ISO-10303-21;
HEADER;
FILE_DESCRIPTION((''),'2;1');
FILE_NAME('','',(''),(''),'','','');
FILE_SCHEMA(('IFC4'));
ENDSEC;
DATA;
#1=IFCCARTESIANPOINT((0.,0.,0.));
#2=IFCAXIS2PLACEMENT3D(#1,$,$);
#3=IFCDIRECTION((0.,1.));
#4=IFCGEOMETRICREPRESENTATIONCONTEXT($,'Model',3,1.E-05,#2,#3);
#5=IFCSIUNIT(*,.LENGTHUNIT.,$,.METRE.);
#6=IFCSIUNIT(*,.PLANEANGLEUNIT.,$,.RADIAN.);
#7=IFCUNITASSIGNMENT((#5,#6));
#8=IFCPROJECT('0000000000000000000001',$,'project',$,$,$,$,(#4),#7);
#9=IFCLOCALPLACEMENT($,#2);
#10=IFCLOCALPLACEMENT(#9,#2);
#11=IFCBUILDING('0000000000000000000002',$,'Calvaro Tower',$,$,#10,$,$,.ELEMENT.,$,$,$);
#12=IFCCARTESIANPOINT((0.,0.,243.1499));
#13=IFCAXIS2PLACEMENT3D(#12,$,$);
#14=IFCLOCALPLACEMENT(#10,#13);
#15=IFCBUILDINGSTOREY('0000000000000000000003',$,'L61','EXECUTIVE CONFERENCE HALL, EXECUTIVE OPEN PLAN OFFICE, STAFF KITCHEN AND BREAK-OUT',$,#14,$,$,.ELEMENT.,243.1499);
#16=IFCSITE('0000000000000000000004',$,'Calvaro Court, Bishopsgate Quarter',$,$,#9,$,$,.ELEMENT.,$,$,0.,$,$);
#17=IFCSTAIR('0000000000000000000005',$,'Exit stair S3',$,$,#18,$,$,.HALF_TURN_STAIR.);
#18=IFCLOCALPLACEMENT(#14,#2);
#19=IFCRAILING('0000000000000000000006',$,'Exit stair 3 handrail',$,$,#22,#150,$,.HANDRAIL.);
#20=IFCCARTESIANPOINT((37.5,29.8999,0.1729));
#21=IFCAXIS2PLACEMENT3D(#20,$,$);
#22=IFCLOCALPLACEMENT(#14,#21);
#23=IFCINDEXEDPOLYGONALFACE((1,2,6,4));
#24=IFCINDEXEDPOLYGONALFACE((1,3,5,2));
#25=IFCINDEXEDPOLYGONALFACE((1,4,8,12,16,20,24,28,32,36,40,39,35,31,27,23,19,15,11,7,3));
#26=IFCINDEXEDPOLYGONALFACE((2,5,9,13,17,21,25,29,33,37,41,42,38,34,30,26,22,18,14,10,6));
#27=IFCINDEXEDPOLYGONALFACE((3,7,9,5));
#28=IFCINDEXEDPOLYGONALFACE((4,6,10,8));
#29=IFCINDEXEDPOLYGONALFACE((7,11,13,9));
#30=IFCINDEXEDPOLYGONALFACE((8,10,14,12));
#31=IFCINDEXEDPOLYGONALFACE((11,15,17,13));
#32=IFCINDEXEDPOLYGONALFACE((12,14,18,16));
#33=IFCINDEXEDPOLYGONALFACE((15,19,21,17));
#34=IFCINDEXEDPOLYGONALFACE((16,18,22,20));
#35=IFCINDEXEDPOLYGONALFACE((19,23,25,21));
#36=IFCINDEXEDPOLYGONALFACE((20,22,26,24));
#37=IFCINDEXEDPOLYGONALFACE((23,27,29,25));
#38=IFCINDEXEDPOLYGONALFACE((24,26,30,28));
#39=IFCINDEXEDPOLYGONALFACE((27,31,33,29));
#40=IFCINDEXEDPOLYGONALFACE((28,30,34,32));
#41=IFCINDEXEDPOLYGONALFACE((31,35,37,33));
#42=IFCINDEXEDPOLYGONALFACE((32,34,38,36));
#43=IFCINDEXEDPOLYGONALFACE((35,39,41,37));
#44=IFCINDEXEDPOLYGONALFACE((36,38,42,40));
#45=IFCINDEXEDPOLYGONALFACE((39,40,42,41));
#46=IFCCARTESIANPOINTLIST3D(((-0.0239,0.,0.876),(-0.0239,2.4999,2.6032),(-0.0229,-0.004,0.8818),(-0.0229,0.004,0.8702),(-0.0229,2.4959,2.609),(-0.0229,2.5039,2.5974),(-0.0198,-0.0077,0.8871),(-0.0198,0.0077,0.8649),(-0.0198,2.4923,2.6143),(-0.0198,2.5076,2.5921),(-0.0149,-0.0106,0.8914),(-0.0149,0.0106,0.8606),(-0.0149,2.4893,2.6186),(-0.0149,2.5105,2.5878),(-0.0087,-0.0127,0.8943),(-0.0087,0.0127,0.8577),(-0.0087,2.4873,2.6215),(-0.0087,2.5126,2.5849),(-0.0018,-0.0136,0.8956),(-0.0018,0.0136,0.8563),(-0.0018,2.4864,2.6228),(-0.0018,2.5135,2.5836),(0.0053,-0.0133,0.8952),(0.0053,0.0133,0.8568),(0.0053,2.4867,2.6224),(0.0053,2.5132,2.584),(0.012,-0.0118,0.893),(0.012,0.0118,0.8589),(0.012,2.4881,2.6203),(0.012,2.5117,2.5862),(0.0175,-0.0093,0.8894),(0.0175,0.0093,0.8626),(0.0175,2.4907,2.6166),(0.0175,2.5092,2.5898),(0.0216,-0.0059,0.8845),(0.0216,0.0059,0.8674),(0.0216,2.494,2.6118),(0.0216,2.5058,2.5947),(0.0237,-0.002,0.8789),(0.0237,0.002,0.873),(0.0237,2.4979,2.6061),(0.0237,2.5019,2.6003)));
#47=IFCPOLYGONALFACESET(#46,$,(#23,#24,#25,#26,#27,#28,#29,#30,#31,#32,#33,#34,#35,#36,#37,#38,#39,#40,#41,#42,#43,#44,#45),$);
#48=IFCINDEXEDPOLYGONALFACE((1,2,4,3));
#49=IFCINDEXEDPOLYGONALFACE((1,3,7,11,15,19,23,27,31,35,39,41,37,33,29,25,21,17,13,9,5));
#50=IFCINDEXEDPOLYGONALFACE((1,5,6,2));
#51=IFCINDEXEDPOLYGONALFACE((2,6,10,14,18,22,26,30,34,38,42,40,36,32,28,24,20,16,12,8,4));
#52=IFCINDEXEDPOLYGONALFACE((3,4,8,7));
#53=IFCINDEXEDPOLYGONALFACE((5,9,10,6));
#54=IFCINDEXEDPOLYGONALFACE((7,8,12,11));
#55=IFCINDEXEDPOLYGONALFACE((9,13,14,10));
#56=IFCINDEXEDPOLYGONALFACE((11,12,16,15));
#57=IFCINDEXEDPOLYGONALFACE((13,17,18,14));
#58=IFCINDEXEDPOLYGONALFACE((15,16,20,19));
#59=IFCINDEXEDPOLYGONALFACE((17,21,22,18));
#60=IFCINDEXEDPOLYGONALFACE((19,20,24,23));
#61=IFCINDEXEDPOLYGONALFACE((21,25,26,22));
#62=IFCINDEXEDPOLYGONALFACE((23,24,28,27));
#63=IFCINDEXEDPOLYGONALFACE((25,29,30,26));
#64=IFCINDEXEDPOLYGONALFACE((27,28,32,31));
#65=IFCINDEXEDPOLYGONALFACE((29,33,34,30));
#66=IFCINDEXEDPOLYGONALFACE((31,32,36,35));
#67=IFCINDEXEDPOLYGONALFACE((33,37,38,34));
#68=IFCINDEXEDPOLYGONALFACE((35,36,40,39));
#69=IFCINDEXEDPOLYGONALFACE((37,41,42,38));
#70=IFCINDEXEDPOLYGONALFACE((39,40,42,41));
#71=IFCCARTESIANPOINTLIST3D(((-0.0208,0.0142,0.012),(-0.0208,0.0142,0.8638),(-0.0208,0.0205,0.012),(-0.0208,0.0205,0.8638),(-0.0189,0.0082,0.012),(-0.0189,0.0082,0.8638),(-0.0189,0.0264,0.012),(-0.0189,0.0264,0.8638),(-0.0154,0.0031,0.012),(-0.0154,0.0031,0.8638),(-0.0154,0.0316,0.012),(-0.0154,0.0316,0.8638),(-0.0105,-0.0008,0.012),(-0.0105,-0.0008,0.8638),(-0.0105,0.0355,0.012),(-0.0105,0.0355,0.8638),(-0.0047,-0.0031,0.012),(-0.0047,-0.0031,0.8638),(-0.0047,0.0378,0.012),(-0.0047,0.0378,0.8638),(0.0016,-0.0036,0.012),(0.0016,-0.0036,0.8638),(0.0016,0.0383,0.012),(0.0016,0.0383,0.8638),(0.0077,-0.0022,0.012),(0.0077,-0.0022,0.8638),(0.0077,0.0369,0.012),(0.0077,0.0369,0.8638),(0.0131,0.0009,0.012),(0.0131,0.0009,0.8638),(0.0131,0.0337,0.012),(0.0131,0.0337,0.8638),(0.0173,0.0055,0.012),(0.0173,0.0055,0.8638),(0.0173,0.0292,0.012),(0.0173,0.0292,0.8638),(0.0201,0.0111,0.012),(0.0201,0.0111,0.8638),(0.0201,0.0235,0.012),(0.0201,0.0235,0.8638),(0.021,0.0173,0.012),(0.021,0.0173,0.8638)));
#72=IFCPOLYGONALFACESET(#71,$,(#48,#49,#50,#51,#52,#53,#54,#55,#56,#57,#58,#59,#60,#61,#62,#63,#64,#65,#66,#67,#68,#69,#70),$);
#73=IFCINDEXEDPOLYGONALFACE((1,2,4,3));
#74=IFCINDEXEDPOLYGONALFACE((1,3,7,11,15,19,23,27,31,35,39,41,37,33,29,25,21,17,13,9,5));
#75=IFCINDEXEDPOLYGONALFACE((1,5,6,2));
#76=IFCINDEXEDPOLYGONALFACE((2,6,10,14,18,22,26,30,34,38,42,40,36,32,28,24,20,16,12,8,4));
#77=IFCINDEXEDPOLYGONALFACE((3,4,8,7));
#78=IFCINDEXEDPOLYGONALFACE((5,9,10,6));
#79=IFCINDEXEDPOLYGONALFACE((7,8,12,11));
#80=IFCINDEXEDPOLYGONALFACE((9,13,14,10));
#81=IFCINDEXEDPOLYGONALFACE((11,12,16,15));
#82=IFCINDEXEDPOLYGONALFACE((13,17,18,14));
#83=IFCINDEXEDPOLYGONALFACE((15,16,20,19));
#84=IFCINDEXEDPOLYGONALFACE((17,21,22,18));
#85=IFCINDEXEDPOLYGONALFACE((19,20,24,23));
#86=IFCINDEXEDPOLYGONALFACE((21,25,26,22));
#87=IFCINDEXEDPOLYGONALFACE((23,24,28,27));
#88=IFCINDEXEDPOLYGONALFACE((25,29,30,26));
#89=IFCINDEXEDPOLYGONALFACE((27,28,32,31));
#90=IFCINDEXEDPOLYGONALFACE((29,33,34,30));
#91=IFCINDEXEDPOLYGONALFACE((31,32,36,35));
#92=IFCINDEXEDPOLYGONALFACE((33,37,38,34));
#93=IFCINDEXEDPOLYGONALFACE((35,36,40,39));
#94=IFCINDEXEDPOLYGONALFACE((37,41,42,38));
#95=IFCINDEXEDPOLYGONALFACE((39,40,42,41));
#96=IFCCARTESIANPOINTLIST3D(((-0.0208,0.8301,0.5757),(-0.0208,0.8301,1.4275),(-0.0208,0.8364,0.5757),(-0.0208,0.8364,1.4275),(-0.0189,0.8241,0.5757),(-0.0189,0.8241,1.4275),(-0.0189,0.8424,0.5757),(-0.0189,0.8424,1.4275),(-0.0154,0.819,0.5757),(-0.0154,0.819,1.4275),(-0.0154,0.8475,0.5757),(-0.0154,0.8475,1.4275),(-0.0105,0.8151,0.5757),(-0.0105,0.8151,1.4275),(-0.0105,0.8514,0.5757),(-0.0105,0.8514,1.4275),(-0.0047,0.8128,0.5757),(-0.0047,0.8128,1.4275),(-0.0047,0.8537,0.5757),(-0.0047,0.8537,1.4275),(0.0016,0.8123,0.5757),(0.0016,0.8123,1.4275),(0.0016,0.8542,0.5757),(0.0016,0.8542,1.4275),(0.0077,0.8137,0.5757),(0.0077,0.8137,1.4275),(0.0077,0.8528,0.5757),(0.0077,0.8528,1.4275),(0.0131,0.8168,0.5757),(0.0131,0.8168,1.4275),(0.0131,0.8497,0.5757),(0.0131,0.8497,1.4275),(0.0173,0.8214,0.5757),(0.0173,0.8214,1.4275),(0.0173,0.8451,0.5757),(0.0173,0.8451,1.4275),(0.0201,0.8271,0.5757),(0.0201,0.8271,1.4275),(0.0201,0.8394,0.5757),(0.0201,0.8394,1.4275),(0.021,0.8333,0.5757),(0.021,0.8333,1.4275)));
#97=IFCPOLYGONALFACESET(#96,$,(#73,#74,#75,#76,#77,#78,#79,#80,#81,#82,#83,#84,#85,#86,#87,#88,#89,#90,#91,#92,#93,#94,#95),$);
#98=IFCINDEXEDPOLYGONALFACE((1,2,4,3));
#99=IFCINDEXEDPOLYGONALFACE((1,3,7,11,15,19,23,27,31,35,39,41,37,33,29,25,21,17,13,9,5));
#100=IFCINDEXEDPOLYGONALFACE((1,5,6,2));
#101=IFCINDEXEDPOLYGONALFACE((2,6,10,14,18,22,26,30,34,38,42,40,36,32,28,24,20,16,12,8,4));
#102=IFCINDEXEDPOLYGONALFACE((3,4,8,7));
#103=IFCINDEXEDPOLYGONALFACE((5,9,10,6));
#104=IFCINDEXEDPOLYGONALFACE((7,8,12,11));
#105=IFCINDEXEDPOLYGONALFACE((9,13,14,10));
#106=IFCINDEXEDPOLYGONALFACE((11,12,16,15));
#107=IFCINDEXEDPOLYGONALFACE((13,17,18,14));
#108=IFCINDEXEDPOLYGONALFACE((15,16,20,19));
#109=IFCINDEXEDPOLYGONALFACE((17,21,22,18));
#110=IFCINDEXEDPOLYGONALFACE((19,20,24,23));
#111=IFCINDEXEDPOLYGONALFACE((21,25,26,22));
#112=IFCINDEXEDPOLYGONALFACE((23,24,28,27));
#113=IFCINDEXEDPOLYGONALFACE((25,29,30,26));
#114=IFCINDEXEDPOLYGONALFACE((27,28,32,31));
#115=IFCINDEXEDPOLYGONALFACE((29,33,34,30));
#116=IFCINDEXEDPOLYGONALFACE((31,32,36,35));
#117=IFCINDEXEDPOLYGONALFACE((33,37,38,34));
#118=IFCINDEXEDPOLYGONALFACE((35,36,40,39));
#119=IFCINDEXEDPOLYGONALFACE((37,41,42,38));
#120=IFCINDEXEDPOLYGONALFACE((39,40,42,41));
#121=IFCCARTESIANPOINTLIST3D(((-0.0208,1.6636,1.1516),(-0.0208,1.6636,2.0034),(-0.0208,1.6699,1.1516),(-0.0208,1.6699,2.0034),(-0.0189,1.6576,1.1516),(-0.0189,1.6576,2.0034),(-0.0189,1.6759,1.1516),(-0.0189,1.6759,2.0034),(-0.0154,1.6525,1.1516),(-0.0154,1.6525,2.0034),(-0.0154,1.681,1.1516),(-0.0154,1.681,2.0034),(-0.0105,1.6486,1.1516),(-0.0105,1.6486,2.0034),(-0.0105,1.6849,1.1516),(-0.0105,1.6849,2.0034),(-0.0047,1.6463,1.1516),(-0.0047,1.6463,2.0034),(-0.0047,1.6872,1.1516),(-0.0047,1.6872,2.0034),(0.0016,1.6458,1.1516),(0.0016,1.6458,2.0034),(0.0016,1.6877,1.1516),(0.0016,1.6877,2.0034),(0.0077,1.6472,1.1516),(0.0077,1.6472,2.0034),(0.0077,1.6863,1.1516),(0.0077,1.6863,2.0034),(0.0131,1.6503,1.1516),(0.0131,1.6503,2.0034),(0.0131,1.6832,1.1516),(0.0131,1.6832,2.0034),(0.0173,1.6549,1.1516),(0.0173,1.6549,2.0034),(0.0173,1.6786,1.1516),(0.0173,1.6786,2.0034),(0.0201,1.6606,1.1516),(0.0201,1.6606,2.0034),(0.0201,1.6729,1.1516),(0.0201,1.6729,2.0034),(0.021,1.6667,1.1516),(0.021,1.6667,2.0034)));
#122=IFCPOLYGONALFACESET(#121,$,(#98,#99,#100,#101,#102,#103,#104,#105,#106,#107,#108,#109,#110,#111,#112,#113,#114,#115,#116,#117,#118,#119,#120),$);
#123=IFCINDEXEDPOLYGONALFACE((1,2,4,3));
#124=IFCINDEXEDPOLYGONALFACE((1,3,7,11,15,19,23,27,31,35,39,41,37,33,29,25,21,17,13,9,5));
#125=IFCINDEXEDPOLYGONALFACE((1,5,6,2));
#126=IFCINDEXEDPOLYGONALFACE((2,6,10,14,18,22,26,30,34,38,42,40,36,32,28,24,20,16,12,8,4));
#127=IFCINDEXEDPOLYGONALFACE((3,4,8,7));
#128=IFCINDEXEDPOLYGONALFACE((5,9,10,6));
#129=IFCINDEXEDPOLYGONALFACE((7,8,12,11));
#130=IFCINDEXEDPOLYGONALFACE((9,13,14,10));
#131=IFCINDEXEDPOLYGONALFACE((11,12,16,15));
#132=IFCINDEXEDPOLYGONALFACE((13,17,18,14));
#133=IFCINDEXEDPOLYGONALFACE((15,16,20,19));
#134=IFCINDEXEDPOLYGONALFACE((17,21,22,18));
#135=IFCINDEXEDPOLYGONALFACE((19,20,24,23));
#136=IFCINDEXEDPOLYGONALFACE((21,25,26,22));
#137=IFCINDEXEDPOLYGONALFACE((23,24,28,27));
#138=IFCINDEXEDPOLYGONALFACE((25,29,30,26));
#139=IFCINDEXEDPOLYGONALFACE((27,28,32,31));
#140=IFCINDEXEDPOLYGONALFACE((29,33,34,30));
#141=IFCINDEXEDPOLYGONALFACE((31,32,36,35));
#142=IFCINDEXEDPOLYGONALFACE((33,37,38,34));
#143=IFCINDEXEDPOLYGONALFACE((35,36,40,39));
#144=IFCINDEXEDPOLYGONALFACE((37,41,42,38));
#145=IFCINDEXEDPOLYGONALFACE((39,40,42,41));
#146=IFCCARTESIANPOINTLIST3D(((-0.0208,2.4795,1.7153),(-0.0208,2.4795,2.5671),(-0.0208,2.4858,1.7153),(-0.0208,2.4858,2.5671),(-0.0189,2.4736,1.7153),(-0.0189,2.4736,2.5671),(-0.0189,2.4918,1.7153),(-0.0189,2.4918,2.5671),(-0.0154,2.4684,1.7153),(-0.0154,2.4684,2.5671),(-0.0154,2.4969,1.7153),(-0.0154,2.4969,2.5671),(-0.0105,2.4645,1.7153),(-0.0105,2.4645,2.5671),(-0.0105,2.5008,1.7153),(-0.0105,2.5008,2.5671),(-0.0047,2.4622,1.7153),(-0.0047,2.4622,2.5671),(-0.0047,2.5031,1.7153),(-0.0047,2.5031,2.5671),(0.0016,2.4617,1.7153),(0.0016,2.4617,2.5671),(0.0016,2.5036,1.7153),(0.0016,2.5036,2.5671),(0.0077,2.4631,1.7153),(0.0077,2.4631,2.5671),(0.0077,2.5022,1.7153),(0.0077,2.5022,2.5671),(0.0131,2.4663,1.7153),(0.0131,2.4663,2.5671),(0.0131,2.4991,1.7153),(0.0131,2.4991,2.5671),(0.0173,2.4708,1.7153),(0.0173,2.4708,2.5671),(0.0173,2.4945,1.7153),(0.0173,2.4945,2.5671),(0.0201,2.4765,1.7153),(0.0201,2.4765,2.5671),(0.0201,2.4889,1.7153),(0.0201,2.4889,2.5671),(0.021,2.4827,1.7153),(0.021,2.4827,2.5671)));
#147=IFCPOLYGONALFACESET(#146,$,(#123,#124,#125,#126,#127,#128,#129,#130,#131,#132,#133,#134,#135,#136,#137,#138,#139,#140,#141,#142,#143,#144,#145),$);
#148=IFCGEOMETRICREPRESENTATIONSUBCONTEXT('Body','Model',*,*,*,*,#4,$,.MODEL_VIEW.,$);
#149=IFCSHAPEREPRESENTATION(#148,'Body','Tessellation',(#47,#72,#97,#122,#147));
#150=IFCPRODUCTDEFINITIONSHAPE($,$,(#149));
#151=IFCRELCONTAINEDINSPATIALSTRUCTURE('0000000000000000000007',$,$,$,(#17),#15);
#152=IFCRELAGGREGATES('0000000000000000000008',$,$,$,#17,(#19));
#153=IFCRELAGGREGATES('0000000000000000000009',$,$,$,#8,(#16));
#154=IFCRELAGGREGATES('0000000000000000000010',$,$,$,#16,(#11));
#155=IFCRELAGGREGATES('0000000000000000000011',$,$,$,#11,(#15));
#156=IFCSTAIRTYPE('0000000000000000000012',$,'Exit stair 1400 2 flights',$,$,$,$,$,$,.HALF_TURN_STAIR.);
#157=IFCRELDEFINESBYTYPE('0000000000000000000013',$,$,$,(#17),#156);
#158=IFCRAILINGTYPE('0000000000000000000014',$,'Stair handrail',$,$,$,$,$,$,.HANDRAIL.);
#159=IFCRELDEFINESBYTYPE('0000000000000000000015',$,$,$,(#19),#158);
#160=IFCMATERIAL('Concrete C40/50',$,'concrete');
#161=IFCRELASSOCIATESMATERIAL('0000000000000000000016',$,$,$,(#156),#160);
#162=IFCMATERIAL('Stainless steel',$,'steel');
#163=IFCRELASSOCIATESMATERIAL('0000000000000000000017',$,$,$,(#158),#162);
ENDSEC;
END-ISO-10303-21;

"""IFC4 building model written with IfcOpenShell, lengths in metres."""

from ifc_helpers import new_model, si_unit, direction, frame, origin, origin_2d, place, context, subcontext, project, spatial, circle, extrude, material, type_object, element, aggregate, save


model = new_model("IFC4")

# Units and contexts
model_context = context("Model", 3, precision=1e-05, world=origin(), true_north=direction((0.0, 1.0)))
body_context = subcontext(model_context, "Body", "Model", "MODEL_VIEW")
ifc_project = project(units=[si_unit("LENGTHUNIT", "METRE"), si_unit("PLANEANGLEUNIT", "RADIAN")], contexts=[model_context])

# Site, building, storey
site_placement = place(None, origin())
site = spatial("IfcSite", under=ifc_project, at=site_placement, Name="Calvaro Court, Bishopsgate Quarter", CompositionType="ELEMENT", RefElevation=0.0)
building_placement = place(site_placement, origin())
building = spatial("IfcBuilding", under=site, at=building_placement, Name="Calvaro Tower", CompositionType="ELEMENT")
storey_placement = place(building_placement, frame((0.0, 0.0, 243.1499)))
storey = spatial("IfcBuildingStorey", under=building, at=storey_placement, Name="L61", Description="EXECUTIVE CONFERENCE HALL, EXECUTIVE OPEN PLAN OFFICE, STAFF KITCHEN AND BREAK-OUT", CompositionType="ELEMENT", Elevation=243.1499)

# Stair
ifc_material_1 = material(Name="Concrete C40/50", Category="concrete")
stair_type = type_object("IfcStairType", Name="Exit stair 1400 2 flights", PredefinedType="HALF_TURN_STAIR", material=ifc_material_1)
stair_1_placement = place(storey_placement, origin())
stair_1 = element("IfcStair", 1, at=stair_1_placement, inside=storey, type_object=stair_type, Name="Exit stair S3", PredefinedType="HALF_TURN_STAIR")

# Railing
ifc_material_2 = material(Name="Stainless steel", Category="steel")
railing_type = type_object("IfcRailingType", Name="Stair handrail", PredefinedType="HANDRAIL", material=ifc_material_2)
railing_1_placement = place(storey_placement, frame((37.5, 29.8999, 0.1729)))
railing_1 = element("IfcRailing", 2, at=railing_1_placement, type_object=railing_type, Name="Exit stair 3 handrail", PredefinedType="HANDRAIL", context=body_context, shape_type="SweptSolid", body=[
    extrude(circle(Radius=0.0239, at=origin_2d()), frame((0.0, 0.0, 0.876), z_axis=(0.0, 0.822727, 0.568437), x_axis=(-1.0, 0.0, 0.0)), (0.0, 0.0, 1.0), 3.0386),
    extrude(circle(Radius=0.021, at=origin_2d()), frame((0.0, 0.0173, 0.012)), (0.0, 0.0, 1.0), 0.8518),
    extrude(circle(Radius=0.021, at=origin_2d()), frame((0.0, 0.8333, 0.5757)), (0.0, 0.0, 1.0), 0.8518),
    extrude(circle(Radius=0.021, at=origin_2d()), frame((0.0, 1.6667, 1.1516)), (0.0, 0.0, 1.0), 0.8518),
    extrude(circle(Radius=0.021, at=origin_2d()), frame((0.0, 2.4827, 1.7153)), (0.0, 0.0, 1.0), 0.8518),
])
aggregate(stair_1, [railing_1])

save(model, "model.ifc")
